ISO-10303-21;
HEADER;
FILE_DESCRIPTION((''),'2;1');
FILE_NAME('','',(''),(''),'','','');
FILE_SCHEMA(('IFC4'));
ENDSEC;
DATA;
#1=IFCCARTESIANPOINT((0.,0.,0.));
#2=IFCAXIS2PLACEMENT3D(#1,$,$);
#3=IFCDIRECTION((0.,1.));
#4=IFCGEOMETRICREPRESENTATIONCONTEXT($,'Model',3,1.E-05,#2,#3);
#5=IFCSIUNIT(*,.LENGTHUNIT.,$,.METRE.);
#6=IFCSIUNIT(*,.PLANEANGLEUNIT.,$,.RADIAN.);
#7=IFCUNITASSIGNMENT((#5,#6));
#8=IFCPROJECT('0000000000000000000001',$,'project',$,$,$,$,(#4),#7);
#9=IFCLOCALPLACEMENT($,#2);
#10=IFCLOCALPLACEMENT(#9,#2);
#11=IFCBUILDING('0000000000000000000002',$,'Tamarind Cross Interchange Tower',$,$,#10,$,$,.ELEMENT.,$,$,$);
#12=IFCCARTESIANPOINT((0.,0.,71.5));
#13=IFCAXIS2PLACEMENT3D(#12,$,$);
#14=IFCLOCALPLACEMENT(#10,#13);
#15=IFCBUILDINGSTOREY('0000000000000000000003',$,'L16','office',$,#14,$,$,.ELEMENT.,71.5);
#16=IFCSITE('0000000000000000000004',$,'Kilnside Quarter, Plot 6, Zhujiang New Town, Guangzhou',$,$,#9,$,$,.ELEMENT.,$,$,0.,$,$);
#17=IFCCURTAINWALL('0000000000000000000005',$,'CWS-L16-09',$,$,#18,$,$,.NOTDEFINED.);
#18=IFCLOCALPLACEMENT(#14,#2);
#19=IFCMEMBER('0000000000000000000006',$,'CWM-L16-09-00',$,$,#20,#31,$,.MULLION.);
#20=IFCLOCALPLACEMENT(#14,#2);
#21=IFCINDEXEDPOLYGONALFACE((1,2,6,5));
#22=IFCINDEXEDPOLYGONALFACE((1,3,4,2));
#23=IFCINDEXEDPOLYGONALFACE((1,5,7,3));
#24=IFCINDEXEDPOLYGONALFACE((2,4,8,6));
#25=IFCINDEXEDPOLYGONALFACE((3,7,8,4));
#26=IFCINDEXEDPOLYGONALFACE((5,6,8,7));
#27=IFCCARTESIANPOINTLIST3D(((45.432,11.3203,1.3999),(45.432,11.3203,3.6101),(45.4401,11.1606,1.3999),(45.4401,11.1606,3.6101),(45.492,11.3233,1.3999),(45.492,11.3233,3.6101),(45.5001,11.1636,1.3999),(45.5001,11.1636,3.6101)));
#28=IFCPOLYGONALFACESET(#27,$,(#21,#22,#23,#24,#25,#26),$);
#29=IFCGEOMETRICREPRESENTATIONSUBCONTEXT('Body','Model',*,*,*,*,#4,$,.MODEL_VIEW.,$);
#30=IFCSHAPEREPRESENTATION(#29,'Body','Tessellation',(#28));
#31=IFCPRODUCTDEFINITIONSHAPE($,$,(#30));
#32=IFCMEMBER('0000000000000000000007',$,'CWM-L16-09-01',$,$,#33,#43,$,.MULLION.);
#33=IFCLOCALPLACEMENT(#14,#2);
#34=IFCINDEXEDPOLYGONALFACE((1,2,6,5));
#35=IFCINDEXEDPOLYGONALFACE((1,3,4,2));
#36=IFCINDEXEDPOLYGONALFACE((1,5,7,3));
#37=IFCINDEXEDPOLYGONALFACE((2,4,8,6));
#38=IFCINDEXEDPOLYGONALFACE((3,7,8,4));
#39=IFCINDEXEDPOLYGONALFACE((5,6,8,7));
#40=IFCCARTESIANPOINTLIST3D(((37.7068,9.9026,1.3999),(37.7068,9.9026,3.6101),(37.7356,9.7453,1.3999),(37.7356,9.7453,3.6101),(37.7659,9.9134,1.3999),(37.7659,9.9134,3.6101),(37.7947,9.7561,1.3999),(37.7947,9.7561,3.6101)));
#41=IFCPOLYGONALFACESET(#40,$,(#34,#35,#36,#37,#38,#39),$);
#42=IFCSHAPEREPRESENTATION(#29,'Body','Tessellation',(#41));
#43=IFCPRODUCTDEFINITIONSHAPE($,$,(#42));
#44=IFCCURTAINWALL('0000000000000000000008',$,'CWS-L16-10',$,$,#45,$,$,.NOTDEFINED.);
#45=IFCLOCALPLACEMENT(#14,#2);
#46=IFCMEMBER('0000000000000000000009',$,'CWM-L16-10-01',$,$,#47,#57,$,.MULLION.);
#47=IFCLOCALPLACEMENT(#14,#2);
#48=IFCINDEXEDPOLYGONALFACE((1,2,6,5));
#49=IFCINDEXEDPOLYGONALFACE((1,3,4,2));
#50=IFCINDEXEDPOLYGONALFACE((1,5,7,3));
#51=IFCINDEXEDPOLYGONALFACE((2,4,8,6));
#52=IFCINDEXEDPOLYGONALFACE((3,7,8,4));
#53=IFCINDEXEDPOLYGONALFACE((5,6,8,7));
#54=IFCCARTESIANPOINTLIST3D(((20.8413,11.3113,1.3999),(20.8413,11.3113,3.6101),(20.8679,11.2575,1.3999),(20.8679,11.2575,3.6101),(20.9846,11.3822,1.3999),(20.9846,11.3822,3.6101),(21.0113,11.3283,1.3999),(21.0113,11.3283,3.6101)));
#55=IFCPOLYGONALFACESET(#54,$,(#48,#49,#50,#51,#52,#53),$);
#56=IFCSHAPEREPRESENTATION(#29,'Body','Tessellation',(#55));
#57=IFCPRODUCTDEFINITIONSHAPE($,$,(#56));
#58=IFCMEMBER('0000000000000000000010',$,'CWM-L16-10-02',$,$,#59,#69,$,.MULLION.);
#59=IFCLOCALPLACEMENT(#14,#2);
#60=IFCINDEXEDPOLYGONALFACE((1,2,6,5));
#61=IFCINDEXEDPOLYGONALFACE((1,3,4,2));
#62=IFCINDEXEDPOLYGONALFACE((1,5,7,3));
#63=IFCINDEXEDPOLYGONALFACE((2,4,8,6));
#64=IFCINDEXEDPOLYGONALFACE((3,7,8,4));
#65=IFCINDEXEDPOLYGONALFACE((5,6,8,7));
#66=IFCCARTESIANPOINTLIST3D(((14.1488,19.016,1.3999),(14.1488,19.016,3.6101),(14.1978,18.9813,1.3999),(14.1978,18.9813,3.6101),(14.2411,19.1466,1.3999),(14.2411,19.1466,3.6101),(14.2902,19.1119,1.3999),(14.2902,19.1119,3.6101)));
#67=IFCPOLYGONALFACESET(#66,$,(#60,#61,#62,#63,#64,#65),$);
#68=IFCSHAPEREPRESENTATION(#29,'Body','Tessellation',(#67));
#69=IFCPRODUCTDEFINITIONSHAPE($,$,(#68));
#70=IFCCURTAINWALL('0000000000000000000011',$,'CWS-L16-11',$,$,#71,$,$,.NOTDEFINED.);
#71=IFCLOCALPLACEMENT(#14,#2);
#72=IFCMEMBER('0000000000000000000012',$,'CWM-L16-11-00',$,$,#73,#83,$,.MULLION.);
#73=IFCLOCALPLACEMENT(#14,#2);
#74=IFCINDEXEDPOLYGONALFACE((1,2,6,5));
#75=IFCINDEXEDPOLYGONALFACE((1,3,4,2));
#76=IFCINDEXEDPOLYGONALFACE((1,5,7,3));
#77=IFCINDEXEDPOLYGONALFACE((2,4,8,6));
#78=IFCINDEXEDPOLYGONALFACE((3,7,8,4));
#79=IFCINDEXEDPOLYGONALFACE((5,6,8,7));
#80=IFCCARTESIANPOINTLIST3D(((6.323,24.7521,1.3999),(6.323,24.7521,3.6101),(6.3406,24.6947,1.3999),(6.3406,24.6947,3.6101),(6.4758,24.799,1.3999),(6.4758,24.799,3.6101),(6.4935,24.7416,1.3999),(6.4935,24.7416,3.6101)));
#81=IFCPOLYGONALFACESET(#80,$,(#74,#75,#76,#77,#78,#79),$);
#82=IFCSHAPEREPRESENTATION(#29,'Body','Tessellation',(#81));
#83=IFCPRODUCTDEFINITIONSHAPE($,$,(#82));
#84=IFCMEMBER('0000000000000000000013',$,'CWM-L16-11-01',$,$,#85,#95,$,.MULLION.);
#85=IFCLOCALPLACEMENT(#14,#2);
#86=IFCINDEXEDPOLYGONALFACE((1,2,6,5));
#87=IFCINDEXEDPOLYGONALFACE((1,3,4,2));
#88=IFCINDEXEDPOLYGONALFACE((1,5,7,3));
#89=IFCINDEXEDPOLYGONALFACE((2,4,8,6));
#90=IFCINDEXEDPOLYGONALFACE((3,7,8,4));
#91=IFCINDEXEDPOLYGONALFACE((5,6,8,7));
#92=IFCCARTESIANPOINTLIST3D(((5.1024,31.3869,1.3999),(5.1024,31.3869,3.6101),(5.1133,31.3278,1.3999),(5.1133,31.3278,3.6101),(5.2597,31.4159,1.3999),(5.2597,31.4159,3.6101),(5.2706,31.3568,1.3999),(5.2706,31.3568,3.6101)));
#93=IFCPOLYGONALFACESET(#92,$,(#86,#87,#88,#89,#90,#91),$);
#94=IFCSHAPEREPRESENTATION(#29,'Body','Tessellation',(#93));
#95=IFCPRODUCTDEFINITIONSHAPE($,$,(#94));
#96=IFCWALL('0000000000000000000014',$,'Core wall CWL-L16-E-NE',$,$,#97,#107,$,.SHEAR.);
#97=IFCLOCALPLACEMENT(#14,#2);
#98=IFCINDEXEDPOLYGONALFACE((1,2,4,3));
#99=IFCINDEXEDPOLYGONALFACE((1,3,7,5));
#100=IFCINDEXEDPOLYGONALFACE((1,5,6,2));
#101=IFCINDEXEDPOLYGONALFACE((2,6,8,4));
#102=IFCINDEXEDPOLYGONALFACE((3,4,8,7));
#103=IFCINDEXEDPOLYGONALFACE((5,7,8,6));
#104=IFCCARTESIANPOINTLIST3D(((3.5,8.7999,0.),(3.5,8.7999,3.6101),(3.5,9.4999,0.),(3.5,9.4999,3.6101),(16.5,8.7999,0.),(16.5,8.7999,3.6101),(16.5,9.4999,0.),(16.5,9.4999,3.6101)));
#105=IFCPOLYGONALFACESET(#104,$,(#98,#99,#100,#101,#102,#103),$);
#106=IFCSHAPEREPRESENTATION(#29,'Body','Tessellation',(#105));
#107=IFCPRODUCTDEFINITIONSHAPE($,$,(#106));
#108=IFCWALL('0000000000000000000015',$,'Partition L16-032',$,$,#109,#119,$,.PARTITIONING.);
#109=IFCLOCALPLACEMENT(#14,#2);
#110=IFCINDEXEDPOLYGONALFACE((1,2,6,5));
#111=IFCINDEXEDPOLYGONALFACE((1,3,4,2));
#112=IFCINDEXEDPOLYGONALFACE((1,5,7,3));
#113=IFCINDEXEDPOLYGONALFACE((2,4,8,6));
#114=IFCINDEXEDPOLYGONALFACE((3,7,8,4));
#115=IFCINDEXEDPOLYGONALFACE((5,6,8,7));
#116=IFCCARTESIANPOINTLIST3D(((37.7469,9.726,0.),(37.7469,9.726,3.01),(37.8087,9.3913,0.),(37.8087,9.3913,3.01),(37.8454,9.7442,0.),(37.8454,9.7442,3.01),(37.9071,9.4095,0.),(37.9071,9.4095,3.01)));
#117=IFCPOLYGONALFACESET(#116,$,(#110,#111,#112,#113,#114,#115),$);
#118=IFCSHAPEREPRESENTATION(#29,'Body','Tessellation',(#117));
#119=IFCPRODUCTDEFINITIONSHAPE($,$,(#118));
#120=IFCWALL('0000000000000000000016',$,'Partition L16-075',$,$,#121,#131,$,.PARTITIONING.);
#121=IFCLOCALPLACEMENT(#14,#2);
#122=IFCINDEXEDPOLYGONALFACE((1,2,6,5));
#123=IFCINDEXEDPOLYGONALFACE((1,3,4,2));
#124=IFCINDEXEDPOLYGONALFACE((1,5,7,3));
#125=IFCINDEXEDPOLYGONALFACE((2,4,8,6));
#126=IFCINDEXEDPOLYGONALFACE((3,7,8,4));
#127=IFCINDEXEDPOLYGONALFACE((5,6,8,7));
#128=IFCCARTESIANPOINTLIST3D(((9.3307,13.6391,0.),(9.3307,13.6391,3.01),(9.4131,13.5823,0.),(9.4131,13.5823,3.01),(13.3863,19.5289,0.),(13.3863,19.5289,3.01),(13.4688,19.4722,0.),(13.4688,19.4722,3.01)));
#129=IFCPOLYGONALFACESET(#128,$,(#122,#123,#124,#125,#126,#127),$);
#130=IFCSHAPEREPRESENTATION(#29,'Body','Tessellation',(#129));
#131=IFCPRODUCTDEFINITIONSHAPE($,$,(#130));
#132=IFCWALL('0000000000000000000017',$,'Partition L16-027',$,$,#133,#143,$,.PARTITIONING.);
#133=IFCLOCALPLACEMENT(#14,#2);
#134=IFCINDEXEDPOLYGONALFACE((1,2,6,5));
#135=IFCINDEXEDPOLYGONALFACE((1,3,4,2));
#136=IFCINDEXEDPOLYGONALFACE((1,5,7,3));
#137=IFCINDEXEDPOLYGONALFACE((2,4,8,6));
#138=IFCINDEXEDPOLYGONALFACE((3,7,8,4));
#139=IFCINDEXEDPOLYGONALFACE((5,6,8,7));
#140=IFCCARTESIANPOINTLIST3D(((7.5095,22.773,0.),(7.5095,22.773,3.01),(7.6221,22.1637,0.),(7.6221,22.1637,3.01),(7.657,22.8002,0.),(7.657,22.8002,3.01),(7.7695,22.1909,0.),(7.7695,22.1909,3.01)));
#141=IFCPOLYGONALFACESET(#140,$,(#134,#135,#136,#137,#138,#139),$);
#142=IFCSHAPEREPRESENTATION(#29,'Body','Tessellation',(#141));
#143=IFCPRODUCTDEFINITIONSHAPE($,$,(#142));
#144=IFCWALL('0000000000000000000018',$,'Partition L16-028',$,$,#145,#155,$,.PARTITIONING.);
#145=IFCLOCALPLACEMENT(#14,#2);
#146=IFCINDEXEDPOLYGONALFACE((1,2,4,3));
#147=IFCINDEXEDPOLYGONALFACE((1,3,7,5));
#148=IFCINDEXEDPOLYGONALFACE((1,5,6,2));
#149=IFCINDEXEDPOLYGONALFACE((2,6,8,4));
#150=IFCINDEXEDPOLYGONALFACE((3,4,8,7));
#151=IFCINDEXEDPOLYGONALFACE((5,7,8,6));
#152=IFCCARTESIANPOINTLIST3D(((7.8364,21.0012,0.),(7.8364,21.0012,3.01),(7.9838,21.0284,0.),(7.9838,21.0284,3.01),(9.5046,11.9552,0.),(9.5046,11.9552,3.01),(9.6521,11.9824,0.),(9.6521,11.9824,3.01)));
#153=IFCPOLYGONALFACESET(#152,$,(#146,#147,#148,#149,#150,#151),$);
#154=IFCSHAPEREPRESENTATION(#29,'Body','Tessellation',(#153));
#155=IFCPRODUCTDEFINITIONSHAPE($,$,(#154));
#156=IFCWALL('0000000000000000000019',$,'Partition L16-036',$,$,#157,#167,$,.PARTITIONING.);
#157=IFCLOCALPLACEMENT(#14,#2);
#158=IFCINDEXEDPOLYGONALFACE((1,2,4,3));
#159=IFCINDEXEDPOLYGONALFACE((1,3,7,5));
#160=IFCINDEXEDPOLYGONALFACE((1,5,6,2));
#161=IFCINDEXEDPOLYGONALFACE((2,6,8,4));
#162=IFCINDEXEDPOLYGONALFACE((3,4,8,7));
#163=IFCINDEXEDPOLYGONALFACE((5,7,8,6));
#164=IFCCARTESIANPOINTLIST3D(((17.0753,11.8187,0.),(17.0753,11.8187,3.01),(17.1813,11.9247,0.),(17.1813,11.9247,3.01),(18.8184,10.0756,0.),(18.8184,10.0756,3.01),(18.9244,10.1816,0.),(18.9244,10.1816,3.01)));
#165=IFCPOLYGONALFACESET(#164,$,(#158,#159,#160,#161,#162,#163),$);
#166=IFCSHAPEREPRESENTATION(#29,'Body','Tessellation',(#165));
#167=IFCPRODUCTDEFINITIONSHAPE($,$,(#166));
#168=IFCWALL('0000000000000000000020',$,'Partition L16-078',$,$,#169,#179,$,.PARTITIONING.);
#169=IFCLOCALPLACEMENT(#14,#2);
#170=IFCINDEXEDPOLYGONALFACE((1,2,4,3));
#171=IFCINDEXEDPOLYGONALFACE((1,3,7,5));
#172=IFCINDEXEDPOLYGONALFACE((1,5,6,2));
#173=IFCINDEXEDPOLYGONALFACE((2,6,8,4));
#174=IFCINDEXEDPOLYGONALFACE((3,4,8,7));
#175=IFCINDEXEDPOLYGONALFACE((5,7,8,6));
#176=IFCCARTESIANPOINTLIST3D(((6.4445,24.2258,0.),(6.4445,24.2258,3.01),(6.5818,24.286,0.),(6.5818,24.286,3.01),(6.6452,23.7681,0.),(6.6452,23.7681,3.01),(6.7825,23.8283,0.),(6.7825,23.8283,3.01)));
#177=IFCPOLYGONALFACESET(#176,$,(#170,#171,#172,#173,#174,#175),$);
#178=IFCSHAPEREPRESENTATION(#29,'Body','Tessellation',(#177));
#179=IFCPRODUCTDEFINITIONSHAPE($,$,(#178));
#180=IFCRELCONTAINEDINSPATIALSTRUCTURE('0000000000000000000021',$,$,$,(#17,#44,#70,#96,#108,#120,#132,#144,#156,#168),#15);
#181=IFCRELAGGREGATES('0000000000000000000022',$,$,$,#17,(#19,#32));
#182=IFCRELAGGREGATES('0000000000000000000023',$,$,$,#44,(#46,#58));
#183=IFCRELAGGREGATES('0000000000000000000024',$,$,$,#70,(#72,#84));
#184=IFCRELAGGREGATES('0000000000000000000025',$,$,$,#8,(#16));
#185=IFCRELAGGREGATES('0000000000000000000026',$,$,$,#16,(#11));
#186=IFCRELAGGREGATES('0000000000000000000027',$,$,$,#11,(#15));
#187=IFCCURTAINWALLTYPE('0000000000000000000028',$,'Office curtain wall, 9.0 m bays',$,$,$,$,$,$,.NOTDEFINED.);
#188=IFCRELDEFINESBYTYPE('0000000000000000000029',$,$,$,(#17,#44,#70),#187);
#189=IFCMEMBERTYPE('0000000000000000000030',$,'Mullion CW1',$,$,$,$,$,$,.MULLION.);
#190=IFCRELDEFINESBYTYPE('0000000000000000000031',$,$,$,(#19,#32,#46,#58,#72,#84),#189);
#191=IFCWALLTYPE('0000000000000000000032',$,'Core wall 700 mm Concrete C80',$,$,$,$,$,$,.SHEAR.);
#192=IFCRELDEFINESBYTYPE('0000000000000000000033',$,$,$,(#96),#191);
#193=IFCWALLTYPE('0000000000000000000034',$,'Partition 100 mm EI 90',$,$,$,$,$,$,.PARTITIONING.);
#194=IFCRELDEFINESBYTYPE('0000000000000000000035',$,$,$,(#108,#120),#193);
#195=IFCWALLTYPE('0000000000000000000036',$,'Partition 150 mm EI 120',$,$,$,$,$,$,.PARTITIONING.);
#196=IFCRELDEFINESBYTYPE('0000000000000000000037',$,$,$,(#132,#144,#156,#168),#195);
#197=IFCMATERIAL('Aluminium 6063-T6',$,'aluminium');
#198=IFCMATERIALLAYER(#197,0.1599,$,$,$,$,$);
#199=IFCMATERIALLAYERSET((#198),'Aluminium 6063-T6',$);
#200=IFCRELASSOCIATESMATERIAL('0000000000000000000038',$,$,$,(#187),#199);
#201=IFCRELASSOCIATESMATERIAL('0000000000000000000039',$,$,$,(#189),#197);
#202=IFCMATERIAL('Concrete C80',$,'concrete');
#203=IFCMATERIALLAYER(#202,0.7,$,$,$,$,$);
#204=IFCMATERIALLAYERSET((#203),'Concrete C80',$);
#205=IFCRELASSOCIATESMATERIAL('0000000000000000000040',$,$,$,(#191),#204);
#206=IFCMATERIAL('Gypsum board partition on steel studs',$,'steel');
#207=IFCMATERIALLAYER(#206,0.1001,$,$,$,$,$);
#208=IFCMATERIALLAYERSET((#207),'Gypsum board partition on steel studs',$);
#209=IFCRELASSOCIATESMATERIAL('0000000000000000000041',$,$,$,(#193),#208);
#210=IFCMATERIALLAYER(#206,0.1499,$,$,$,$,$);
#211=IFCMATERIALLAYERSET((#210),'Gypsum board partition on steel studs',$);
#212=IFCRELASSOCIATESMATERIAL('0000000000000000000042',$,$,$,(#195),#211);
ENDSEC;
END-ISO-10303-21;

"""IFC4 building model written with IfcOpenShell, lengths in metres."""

from ifc_helpers import new_model, si_unit, direction, frame, frame_2d, origin, origin_2d, place, context, subcontext, project, spatial, rectangle, extrude, material, layer, layer_set, material_profile, profile_set, type_object, element, aggregate, save


model = new_model("IFC4")

# Units and contexts
model_context = context("Model", 3, precision=1e-05, world=origin(), true_north=direction((0.0, 1.0)))
body_context = subcontext(model_context, "Body", "Model", "MODEL_VIEW")
ifc_project = project(units=[si_unit("LENGTHUNIT", "METRE"), si_unit("PLANEANGLEUNIT", "RADIAN")], contexts=[model_context])

# Site, building, storey
site_placement = place(None, origin())
site = spatial("IfcSite", under=ifc_project, at=site_placement, Name="Kilnside Quarter, Plot 6, Zhujiang New Town, Guangzhou", CompositionType="ELEMENT", RefElevation=0.0)
building_placement = place(site_placement, origin())
building = spatial("IfcBuilding", under=site, at=building_placement, Name="Tamarind Cross Interchange Tower", CompositionType="ELEMENT")
storey_placement = place(building_placement, frame((0.0, 0.0, 71.5)))
storey = spatial("IfcBuildingStorey", under=building, at=storey_placement, Name="L16", Description="office", CompositionType="ELEMENT", Elevation=71.5)

# Curtain walls, members
ifc_material_1 = material(Name="Aluminium 6063-T6", Category="aluminium")
ifc_layer_1 = layer(ifc_material_1, 0.1599)
ifc_layer_set_1 = layer_set([ifc_layer_1], Name="Aluminium 6063-T6")
curtain_wall_type = type_object("IfcCurtainWallType", Name="Office curtain wall, 9.0 m bays", PredefinedType="NOTDEFINED", material=ifc_layer_set_1)
curtain_wall_1_placement = place(storey_placement, origin())
curtain_wall_1 = element("IfcCurtainWall", 1, at=curtain_wall_1_placement, inside=storey, type_object=curtain_wall_type, Name="CWS-L16-09", PredefinedType="NOTDEFINED")
ifc_material_profile_1 = material_profile(ifc_material_1, rectangle(XDim=0.0601, YDim=0.1599, at=origin_2d()), Name="Mullion CW1")
ifc_profile_set_1 = profile_set([ifc_material_profile_1], Name="Aluminium 6063-T6")
member_type = type_object("IfcMemberType", Name="Mullion CW1", PredefinedType="MULLION", material=ifc_profile_set_1)
member_1_placement = place(storey_placement, frame((45.4661, 11.2419, 1.3999), z_axis=(0.0, 0.0, 1.0), x_axis=(-0.998709, -0.050791, 0.0)))
member_1 = element("IfcMember", 2, at=member_1_placement, type_object=member_type, Name="CWM-L16-09-00", PredefinedType="MULLION", context=body_context, shape_type="SweptSolid", body=[
    extrude(rectangle(XDim=0.0601, YDim=0.1599, at=origin_2d()), origin(), (0.0, 0.0, 1.0), 2.2102),
])
member_2_placement = place(storey_placement, frame((37.7507, 9.8293, 1.3999), z_axis=(0.0, 0.0, 1.0), x_axis=(-0.983651, -0.180086, 0.0)))
member_2 = element("IfcMember", 3, at=member_2_placement, type_object=member_type, Name="CWM-L16-09-01", PredefinedType="MULLION", context=body_context, shape_type="SweptSolid", body=[
    extrude(rectangle(XDim=0.0601, YDim=0.1599, at=origin_2d()), origin(), (0.0, 0.0, 1.0), 2.2102),
])
aggregate(curtain_wall_1, [member_1, member_2])
curtain_wall_2_placement = place(storey_placement, origin())
curtain_wall_2 = element("IfcCurtainWall", 4, at=curtain_wall_2_placement, inside=storey, type_object=curtain_wall_type, Name="CWS-L16-10", PredefinedType="NOTDEFINED")
member_3_placement = place(storey_placement, frame((20.9263, 11.3198, 1.3999), z_axis=(0.0, 0.0, 1.0), x_axis=(-0.443059, 0.896493, 0.0)))
member_3 = element("IfcMember", 5, at=member_3_placement, type_object=member_type, Name="CWM-L16-10-01", PredefinedType="MULLION", context=body_context, shape_type="SweptSolid", body=[
    extrude(rectangle(XDim=0.0601, YDim=0.1599, at=origin_2d()), origin(), (0.0, 0.0, 1.0), 2.2102),
])
member_4_placement = place(storey_placement, frame((14.2195, 19.064, 1.3999), z_axis=(0.0, 0.0, 1.0), x_axis=(-0.816342, 0.577569, 0.0)))
member_4 = element("IfcMember", 6, at=member_4_placement, type_object=member_type, Name="CWM-L16-10-02", PredefinedType="MULLION", context=body_context, shape_type="SweptSolid", body=[
    extrude(rectangle(XDim=0.0601, YDim=0.1599, at=origin_2d()), origin(), (0.0, 0.0, 1.0), 2.2102),
])
aggregate(curtain_wall_2, [member_3, member_4])
curtain_wall_3_placement = place(storey_placement, origin())
curtain_wall_3 = element("IfcCurtainWall", 7, at=curtain_wall_3_placement, inside=storey, type_object=curtain_wall_type, Name="CWS-L16-11", PredefinedType="NOTDEFINED")
member_5_placement = place(storey_placement, frame((6.4082, 24.7468, 1.3999), z_axis=(0.0, 0.0, 1.0), x_axis=(-0.293403, 0.955989, 0.0)))
member_5 = element("IfcMember", 8, at=member_5_placement, type_object=member_type, Name="CWM-L16-11-00", PredefinedType="MULLION", context=body_context, shape_type="SweptSolid", body=[
    extrude(rectangle(XDim=0.0601, YDim=0.1599, at=origin_2d()), origin(), (0.0, 0.0, 1.0), 2.2102),
])
member_6_placement = place(storey_placement, frame((5.1865, 31.3718, 1.3999), z_axis=(0.0, 0.0, 1.0), x_axis=(-0.181343, 0.98342, 0.0)))
member_6 = element("IfcMember", 9, at=member_6_placement, type_object=member_type, Name="CWM-L16-11-01", PredefinedType="MULLION", context=body_context, shape_type="SweptSolid", body=[
    extrude(rectangle(XDim=0.0601, YDim=0.1599, at=origin_2d()), origin(), (0.0, 0.0, 1.0), 2.2102),
])
aggregate(curtain_wall_3, [member_5, member_6])

# Walls
ifc_material_2 = material(Name="Concrete C80", Category="concrete")
ifc_layer_2 = layer(ifc_material_2, 0.7)
ifc_layer_set_2 = layer_set([ifc_layer_2], Name="Concrete C80")
wall_type_1 = type_object("IfcWallType", Name="Core wall 700 mm Concrete C80", PredefinedType="SHEAR", material=ifc_layer_set_2)
wall_1_placement = place(storey_placement, frame((16.5, 9.1499, 0.0), z_axis=(0.0, 0.0, 1.0), x_axis=(-1.0, 0.0, 0.0)))
element("IfcWall", 10, at=wall_1_placement, inside=storey, type_object=wall_type_1, Name="Core wall CWL-L16-E-NE", PredefinedType="SHEAR", context=body_context, shape_type="SweptSolid", body=[
    extrude(rectangle(XDim=13.0, YDim=0.7, at=frame_2d((6.5, 0.0))), origin(), (0.0, 0.0, 1.0), 3.6101),
])
ifc_material_3 = material(Name="Gypsum board partition on steel studs", Category="steel")
ifc_layer_3 = layer(ifc_material_3, 0.1001)
ifc_layer_set_3 = layer_set([ifc_layer_3], Name="Gypsum board partition on steel studs")
wall_type_2 = type_object("IfcWallType", Name="Partition 100 mm EI 90", PredefinedType="PARTITIONING", material=ifc_layer_set_3)
wall_2_placement = place(storey_placement, frame((37.7961, 9.7351, 0.0), z_axis=(0.0, 0.0, 1.0), x_axis=(0.181473, -0.983396, 0.0)))
element("IfcWall", 11, at=wall_2_placement, inside=storey, type_object=wall_type_2, Name="Partition L16-032", PredefinedType="PARTITIONING", context=body_context, shape_type="SweptSolid", body=[
    extrude(rectangle(XDim=0.3403, YDim=0.1001, at=frame_2d((0.1702, 0.0))), origin(), (0.0, 0.0, 1.0), 3.01),
])
wall_3_placement = place(storey_placement, frame((9.3718, 13.6106, 0.0), z_axis=(0.0, 0.0, 1.0), x_axis=(0.567133, 0.823626, 0.0)))
element("IfcWall", 12, at=wall_3_placement, inside=storey, type_object=wall_type_2, Name="Partition L16-075", PredefinedType="PARTITIONING", context=body_context, shape_type="SweptSolid", body=[
    extrude(rectangle(XDim=7.1511, YDim=0.1001, at=frame_2d((3.5757, 0.0))), origin(), (0.0, 0.0, 1.0), 3.01),
])
ifc_layer_4 = layer(ifc_material_3, 0.1499)
ifc_layer_set_4 = layer_set([ifc_layer_4], Name="Gypsum board partition on steel studs")
wall_type_3 = type_object("IfcWallType", Name="Partition 150 mm EI 120", PredefinedType="PARTITIONING", material=ifc_layer_set_4)
wall_4_placement = place(storey_placement, frame((7.5833, 22.7866, 0.0), z_axis=(0.0, 0.0, 1.0), x_axis=(0.181624, -0.983368, 0.0)))
element("IfcWall", 13, at=wall_4_placement, inside=storey, type_object=wall_type_3, Name="Partition L16-027", PredefinedType="PARTITIONING", context=body_context, shape_type="SweptSolid", body=[
    extrude(rectangle(XDim=0.6196, YDim=0.1499, at=frame_2d((0.3098, 0.0))), origin(), (0.0, 0.0, 1.0), 3.01),
])
wall_5_placement = place(storey_placement, frame((7.9102, 21.0146, 0.0), z_axis=(0.0, 0.0, 1.0), x_axis=(0.181358, -0.983417, 0.0)))
element("IfcWall", 14, at=wall_5_placement, inside=storey, type_object=wall_type_3, Name="Partition L16-028", PredefinedType="PARTITIONING", context=body_context, shape_type="SweptSolid", body=[
    extrude(rectangle(XDim=9.1985, YDim=0.1499, at=frame_2d((4.5991, 0.0))), origin(), (0.0, 0.0, 1.0), 3.01),
])
wall_6_placement = place(storey_placement, frame((17.1284, 11.8716, 0.0), z_axis=(0.0, 0.0, 1.0), x_axis=(0.707107, -0.707107, 0.0)))
element("IfcWall", 15, at=wall_6_placement, inside=storey, type_object=wall_type_3, Name="Partition L16-036", PredefinedType="PARTITIONING", context=body_context, shape_type="SweptSolid", body=[
    extrude(rectangle(XDim=2.4651, YDim=0.1499, at=frame_2d((1.2324, 0.0))), origin(), (0.0, 0.0, 1.0), 3.01),
])
wall_7_placement = place(storey_placement, frame((6.7139, 23.7981, 0.0), z_axis=(0.0, 0.0, 1.0), x_axis=(-0.401511, 0.915854, 0.0)))
element("IfcWall", 16, at=wall_7_placement, inside=storey, type_object=wall_type_3, Name="Partition L16-078", PredefinedType="PARTITIONING", context=body_context, shape_type="SweptSolid", body=[
    extrude(rectangle(XDim=0.4998, YDim=0.1499, at=frame_2d((0.25, 0.0))), origin(), (0.0, 0.0, 1.0), 3.01),
])

save(model, "model.ifc")
